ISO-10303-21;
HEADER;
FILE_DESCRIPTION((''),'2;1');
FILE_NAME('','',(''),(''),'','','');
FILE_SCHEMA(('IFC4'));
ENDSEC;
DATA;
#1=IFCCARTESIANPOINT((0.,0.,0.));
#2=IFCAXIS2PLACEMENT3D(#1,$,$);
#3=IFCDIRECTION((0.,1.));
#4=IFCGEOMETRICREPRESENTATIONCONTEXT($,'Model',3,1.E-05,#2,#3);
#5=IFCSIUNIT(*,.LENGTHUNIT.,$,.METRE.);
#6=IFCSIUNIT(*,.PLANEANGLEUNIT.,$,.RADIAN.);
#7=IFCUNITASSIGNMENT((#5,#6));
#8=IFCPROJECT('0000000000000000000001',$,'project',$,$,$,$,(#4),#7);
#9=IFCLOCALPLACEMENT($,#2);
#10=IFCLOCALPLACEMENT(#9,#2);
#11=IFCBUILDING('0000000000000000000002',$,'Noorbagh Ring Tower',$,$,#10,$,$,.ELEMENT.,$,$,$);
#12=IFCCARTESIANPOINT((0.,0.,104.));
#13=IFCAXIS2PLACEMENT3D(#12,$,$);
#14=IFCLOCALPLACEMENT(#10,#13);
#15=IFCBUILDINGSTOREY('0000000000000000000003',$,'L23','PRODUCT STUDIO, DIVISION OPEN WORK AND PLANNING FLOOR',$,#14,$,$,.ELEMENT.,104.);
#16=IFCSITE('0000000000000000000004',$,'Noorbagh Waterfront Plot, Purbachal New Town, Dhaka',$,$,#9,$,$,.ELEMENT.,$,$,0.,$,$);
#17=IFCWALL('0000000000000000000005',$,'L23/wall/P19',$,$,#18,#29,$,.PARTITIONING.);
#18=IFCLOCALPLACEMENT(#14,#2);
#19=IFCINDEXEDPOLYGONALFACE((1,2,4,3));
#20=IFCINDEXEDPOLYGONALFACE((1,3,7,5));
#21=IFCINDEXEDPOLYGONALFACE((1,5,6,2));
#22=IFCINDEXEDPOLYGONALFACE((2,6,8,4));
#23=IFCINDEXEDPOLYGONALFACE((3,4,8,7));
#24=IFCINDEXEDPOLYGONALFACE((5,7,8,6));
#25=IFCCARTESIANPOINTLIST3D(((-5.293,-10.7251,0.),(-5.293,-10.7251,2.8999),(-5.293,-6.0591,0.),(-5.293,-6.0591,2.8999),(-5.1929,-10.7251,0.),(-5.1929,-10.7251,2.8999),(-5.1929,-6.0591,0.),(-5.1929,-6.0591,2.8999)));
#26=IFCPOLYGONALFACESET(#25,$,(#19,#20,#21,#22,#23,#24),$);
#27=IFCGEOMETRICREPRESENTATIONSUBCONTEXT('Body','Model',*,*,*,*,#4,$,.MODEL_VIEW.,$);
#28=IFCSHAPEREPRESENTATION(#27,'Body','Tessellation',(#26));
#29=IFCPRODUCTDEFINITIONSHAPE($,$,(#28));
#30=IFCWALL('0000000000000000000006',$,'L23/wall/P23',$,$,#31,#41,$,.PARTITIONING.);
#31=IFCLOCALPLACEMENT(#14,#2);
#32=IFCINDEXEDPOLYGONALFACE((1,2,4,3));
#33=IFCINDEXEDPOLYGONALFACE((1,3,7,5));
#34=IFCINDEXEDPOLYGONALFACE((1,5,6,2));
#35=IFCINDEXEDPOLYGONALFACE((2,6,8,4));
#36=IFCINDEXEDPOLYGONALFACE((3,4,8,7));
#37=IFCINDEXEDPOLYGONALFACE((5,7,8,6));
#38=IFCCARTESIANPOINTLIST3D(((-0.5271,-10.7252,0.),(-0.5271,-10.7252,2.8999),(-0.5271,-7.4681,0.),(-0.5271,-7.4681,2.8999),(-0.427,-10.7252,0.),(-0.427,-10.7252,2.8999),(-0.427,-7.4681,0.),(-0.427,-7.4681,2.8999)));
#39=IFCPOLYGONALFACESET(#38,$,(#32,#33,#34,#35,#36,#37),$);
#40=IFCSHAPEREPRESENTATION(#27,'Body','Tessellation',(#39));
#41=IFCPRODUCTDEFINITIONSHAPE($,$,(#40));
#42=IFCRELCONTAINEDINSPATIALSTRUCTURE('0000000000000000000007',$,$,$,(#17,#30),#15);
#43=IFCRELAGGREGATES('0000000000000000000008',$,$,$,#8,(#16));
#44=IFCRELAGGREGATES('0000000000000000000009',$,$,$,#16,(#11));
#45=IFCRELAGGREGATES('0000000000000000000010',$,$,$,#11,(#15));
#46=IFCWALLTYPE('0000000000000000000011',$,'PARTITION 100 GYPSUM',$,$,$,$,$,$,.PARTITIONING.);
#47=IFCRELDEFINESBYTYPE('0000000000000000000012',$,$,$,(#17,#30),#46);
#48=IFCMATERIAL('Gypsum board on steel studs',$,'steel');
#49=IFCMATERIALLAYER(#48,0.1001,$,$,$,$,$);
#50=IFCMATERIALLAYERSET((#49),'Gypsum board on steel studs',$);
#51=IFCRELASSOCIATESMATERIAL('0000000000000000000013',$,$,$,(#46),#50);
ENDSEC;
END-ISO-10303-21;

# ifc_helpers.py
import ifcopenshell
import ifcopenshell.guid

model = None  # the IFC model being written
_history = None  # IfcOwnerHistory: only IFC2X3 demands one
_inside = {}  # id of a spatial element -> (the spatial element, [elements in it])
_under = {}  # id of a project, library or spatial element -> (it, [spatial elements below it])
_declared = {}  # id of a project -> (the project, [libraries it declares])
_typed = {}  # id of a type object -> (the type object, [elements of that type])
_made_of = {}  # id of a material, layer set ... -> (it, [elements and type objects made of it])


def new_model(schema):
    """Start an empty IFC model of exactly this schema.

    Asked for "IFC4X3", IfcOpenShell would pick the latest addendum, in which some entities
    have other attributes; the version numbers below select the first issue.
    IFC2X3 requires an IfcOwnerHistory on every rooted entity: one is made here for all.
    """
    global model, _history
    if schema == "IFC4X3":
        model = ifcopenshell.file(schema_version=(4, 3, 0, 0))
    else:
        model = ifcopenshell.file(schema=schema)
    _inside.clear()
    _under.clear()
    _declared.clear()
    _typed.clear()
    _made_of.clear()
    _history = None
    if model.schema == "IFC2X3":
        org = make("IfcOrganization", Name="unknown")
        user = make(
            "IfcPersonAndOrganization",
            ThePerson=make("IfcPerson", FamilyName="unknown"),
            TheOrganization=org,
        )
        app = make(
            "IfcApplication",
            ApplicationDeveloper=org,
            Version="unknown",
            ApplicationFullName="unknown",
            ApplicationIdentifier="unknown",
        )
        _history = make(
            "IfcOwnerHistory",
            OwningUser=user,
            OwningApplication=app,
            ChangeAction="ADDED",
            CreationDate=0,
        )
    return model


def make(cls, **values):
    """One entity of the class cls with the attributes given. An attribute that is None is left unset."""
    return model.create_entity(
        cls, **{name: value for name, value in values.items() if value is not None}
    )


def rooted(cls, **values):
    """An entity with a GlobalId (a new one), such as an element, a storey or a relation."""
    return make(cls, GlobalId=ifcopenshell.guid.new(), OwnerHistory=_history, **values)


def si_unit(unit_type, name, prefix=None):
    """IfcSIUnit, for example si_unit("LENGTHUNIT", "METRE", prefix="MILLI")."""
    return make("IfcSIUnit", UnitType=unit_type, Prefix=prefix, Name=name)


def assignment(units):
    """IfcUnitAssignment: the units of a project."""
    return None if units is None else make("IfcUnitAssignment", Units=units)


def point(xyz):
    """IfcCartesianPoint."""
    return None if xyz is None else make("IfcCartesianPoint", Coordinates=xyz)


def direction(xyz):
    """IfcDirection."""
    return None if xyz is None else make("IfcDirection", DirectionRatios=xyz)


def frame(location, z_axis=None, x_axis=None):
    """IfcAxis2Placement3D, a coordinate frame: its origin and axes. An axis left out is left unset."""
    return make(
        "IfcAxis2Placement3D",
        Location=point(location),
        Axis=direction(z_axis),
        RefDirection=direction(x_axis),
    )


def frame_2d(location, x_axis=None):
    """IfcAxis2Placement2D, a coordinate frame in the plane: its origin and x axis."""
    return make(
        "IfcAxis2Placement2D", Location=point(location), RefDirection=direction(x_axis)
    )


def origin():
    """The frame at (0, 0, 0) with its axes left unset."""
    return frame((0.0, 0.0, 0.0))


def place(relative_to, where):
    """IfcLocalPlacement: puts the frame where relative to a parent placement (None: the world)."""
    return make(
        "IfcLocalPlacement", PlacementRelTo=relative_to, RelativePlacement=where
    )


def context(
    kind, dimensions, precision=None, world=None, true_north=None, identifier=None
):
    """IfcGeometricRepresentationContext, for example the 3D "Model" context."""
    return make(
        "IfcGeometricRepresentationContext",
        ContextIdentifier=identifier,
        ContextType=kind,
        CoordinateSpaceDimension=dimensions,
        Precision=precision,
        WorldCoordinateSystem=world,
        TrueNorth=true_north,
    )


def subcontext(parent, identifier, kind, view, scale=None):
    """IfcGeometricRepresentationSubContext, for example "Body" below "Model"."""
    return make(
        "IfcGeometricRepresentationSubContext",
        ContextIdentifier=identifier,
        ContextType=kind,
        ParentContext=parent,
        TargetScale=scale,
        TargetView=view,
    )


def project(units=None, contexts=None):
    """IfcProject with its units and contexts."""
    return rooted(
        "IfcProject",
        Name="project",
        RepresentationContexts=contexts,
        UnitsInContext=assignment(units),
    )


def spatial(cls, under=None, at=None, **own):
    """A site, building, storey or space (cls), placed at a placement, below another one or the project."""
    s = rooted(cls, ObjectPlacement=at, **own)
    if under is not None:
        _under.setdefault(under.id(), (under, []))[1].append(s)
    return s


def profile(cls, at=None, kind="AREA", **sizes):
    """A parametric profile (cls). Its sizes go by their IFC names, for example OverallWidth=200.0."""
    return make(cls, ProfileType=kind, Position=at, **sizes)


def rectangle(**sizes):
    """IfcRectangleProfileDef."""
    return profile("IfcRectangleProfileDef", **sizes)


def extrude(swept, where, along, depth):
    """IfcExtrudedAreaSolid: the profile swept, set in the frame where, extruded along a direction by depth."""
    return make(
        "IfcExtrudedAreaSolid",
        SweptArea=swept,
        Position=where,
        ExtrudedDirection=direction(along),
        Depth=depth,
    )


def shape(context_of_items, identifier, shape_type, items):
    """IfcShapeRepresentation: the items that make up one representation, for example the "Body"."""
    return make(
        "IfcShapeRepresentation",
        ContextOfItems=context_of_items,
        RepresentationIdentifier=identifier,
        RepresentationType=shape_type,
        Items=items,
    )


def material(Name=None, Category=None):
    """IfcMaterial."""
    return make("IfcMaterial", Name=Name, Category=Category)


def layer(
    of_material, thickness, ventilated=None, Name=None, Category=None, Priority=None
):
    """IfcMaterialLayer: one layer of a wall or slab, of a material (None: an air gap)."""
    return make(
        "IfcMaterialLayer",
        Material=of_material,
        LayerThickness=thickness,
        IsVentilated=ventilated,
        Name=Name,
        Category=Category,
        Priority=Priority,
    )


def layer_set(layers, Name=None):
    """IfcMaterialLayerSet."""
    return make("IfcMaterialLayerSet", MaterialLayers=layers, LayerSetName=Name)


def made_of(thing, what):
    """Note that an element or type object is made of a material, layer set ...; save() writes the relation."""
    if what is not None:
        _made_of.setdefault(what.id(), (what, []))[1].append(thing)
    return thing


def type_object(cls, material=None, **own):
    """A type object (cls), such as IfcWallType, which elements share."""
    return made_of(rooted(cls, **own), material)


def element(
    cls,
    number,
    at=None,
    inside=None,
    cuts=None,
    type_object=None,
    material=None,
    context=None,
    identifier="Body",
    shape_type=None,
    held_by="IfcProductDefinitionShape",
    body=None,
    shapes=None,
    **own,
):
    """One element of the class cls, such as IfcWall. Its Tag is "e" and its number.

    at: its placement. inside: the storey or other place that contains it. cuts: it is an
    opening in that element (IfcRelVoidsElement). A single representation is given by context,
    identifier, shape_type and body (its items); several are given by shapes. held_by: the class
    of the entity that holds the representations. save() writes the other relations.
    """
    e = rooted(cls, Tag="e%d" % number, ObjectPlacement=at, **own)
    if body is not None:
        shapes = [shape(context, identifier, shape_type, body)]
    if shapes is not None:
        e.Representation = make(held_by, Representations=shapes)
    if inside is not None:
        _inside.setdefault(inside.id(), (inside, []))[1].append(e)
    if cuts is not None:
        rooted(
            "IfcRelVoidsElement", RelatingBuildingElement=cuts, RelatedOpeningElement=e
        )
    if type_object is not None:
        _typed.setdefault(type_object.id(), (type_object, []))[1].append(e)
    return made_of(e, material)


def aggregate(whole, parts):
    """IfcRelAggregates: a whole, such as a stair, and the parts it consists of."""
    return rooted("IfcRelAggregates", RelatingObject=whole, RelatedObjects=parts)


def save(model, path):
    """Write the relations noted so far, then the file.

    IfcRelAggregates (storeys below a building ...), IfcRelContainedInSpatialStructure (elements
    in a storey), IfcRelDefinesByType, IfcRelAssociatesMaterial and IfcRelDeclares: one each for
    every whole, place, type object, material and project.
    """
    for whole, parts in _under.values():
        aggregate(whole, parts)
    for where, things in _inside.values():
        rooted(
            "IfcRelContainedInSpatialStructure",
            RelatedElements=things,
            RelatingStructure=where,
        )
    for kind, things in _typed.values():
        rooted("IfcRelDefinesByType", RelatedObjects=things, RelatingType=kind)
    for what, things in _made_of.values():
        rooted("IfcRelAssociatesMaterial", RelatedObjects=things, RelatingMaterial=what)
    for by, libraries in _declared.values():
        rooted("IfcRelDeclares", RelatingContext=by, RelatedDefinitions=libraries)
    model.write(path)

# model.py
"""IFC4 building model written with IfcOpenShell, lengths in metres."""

from ifc_helpers import new_model, si_unit, direction, frame, frame_2d, origin, place, context, subcontext, project, spatial, rectangle, extrude, material, layer, layer_set, type_object, element, save


model = new_model("IFC4")

# Units and contexts
model_context = context("Model", 3, precision=1e-05, world=origin(), true_north=direction((0.0, 1.0)))
body_context = subcontext(model_context, "Body", "Model", "MODEL_VIEW")
ifc_project = project(units=[si_unit("LENGTHUNIT", "METRE"), si_unit("PLANEANGLEUNIT", "RADIAN")], contexts=[model_context])

# Site, building, storey
site_placement = place(None, origin())
site = spatial("IfcSite", under=ifc_project, at=site_placement, Name="Noorbagh Waterfront Plot, Purbachal New Town, Dhaka", CompositionType="ELEMENT", RefElevation=0.0)
building_placement = place(site_placement, origin())
building = spatial("IfcBuilding", under=site, at=building_placement, Name="Noorbagh Ring Tower", CompositionType="ELEMENT")
storey_placement = place(building_placement, frame((0.0, 0.0, 104.0)))
storey = spatial("IfcBuildingStorey", under=building, at=storey_placement, Name="L23", Description="PRODUCT STUDIO, DIVISION OPEN WORK AND PLANNING FLOOR", CompositionType="ELEMENT", Elevation=104.0)

# Walls
ifc_material_1 = material(Name="Gypsum board on steel studs", Category="steel")
ifc_layer_1 = layer(ifc_material_1, 0.1001)
ifc_layer_set_1 = layer_set([ifc_layer_1], Name="Gypsum board on steel studs")
wall_type_1 = type_object("IfcWallType", Name="PARTITION 100 GYPSUM", PredefinedType="PARTITIONING", material=ifc_layer_set_1)
wall_1_placement = place(storey_placement, frame((-5.2429, -10.7251, 0.0), z_axis=(0.0, 0.0, 1.0), x_axis=(0.0, 1.0, 0.0)))
element("IfcWall", 1, at=wall_1_placement, inside=storey, type_object=wall_type_1, Name="L23/wall/P19", PredefinedType="PARTITIONING", context=body_context, shape_type="SweptSolid", body=[
    extrude(rectangle(XDim=4.666, YDim=0.1001, at=frame_2d((2.333, 0.0))), origin(), (0.0, 0.0, 1.0), 2.8999),
])
wall_2_placement = place(storey_placement, frame((-0.4771, -10.7251, 0.0), z_axis=(0.0, 0.0, 1.0), x_axis=(0.0, 1.0, 0.0)))
element("IfcWall", 2, at=wall_2_placement, inside=storey, type_object=wall_type_1, Name="L23/wall/P23", PredefinedType="PARTITIONING", context=body_context, shape_type="SweptSolid", body=[
    extrude(rectangle(XDim=3.2571, YDim=0.1001, at=frame_2d((1.6284, 0.0))), origin(), (0.0, 0.0, 1.0), 2.8999),
])

save(model, "model.ifc")
